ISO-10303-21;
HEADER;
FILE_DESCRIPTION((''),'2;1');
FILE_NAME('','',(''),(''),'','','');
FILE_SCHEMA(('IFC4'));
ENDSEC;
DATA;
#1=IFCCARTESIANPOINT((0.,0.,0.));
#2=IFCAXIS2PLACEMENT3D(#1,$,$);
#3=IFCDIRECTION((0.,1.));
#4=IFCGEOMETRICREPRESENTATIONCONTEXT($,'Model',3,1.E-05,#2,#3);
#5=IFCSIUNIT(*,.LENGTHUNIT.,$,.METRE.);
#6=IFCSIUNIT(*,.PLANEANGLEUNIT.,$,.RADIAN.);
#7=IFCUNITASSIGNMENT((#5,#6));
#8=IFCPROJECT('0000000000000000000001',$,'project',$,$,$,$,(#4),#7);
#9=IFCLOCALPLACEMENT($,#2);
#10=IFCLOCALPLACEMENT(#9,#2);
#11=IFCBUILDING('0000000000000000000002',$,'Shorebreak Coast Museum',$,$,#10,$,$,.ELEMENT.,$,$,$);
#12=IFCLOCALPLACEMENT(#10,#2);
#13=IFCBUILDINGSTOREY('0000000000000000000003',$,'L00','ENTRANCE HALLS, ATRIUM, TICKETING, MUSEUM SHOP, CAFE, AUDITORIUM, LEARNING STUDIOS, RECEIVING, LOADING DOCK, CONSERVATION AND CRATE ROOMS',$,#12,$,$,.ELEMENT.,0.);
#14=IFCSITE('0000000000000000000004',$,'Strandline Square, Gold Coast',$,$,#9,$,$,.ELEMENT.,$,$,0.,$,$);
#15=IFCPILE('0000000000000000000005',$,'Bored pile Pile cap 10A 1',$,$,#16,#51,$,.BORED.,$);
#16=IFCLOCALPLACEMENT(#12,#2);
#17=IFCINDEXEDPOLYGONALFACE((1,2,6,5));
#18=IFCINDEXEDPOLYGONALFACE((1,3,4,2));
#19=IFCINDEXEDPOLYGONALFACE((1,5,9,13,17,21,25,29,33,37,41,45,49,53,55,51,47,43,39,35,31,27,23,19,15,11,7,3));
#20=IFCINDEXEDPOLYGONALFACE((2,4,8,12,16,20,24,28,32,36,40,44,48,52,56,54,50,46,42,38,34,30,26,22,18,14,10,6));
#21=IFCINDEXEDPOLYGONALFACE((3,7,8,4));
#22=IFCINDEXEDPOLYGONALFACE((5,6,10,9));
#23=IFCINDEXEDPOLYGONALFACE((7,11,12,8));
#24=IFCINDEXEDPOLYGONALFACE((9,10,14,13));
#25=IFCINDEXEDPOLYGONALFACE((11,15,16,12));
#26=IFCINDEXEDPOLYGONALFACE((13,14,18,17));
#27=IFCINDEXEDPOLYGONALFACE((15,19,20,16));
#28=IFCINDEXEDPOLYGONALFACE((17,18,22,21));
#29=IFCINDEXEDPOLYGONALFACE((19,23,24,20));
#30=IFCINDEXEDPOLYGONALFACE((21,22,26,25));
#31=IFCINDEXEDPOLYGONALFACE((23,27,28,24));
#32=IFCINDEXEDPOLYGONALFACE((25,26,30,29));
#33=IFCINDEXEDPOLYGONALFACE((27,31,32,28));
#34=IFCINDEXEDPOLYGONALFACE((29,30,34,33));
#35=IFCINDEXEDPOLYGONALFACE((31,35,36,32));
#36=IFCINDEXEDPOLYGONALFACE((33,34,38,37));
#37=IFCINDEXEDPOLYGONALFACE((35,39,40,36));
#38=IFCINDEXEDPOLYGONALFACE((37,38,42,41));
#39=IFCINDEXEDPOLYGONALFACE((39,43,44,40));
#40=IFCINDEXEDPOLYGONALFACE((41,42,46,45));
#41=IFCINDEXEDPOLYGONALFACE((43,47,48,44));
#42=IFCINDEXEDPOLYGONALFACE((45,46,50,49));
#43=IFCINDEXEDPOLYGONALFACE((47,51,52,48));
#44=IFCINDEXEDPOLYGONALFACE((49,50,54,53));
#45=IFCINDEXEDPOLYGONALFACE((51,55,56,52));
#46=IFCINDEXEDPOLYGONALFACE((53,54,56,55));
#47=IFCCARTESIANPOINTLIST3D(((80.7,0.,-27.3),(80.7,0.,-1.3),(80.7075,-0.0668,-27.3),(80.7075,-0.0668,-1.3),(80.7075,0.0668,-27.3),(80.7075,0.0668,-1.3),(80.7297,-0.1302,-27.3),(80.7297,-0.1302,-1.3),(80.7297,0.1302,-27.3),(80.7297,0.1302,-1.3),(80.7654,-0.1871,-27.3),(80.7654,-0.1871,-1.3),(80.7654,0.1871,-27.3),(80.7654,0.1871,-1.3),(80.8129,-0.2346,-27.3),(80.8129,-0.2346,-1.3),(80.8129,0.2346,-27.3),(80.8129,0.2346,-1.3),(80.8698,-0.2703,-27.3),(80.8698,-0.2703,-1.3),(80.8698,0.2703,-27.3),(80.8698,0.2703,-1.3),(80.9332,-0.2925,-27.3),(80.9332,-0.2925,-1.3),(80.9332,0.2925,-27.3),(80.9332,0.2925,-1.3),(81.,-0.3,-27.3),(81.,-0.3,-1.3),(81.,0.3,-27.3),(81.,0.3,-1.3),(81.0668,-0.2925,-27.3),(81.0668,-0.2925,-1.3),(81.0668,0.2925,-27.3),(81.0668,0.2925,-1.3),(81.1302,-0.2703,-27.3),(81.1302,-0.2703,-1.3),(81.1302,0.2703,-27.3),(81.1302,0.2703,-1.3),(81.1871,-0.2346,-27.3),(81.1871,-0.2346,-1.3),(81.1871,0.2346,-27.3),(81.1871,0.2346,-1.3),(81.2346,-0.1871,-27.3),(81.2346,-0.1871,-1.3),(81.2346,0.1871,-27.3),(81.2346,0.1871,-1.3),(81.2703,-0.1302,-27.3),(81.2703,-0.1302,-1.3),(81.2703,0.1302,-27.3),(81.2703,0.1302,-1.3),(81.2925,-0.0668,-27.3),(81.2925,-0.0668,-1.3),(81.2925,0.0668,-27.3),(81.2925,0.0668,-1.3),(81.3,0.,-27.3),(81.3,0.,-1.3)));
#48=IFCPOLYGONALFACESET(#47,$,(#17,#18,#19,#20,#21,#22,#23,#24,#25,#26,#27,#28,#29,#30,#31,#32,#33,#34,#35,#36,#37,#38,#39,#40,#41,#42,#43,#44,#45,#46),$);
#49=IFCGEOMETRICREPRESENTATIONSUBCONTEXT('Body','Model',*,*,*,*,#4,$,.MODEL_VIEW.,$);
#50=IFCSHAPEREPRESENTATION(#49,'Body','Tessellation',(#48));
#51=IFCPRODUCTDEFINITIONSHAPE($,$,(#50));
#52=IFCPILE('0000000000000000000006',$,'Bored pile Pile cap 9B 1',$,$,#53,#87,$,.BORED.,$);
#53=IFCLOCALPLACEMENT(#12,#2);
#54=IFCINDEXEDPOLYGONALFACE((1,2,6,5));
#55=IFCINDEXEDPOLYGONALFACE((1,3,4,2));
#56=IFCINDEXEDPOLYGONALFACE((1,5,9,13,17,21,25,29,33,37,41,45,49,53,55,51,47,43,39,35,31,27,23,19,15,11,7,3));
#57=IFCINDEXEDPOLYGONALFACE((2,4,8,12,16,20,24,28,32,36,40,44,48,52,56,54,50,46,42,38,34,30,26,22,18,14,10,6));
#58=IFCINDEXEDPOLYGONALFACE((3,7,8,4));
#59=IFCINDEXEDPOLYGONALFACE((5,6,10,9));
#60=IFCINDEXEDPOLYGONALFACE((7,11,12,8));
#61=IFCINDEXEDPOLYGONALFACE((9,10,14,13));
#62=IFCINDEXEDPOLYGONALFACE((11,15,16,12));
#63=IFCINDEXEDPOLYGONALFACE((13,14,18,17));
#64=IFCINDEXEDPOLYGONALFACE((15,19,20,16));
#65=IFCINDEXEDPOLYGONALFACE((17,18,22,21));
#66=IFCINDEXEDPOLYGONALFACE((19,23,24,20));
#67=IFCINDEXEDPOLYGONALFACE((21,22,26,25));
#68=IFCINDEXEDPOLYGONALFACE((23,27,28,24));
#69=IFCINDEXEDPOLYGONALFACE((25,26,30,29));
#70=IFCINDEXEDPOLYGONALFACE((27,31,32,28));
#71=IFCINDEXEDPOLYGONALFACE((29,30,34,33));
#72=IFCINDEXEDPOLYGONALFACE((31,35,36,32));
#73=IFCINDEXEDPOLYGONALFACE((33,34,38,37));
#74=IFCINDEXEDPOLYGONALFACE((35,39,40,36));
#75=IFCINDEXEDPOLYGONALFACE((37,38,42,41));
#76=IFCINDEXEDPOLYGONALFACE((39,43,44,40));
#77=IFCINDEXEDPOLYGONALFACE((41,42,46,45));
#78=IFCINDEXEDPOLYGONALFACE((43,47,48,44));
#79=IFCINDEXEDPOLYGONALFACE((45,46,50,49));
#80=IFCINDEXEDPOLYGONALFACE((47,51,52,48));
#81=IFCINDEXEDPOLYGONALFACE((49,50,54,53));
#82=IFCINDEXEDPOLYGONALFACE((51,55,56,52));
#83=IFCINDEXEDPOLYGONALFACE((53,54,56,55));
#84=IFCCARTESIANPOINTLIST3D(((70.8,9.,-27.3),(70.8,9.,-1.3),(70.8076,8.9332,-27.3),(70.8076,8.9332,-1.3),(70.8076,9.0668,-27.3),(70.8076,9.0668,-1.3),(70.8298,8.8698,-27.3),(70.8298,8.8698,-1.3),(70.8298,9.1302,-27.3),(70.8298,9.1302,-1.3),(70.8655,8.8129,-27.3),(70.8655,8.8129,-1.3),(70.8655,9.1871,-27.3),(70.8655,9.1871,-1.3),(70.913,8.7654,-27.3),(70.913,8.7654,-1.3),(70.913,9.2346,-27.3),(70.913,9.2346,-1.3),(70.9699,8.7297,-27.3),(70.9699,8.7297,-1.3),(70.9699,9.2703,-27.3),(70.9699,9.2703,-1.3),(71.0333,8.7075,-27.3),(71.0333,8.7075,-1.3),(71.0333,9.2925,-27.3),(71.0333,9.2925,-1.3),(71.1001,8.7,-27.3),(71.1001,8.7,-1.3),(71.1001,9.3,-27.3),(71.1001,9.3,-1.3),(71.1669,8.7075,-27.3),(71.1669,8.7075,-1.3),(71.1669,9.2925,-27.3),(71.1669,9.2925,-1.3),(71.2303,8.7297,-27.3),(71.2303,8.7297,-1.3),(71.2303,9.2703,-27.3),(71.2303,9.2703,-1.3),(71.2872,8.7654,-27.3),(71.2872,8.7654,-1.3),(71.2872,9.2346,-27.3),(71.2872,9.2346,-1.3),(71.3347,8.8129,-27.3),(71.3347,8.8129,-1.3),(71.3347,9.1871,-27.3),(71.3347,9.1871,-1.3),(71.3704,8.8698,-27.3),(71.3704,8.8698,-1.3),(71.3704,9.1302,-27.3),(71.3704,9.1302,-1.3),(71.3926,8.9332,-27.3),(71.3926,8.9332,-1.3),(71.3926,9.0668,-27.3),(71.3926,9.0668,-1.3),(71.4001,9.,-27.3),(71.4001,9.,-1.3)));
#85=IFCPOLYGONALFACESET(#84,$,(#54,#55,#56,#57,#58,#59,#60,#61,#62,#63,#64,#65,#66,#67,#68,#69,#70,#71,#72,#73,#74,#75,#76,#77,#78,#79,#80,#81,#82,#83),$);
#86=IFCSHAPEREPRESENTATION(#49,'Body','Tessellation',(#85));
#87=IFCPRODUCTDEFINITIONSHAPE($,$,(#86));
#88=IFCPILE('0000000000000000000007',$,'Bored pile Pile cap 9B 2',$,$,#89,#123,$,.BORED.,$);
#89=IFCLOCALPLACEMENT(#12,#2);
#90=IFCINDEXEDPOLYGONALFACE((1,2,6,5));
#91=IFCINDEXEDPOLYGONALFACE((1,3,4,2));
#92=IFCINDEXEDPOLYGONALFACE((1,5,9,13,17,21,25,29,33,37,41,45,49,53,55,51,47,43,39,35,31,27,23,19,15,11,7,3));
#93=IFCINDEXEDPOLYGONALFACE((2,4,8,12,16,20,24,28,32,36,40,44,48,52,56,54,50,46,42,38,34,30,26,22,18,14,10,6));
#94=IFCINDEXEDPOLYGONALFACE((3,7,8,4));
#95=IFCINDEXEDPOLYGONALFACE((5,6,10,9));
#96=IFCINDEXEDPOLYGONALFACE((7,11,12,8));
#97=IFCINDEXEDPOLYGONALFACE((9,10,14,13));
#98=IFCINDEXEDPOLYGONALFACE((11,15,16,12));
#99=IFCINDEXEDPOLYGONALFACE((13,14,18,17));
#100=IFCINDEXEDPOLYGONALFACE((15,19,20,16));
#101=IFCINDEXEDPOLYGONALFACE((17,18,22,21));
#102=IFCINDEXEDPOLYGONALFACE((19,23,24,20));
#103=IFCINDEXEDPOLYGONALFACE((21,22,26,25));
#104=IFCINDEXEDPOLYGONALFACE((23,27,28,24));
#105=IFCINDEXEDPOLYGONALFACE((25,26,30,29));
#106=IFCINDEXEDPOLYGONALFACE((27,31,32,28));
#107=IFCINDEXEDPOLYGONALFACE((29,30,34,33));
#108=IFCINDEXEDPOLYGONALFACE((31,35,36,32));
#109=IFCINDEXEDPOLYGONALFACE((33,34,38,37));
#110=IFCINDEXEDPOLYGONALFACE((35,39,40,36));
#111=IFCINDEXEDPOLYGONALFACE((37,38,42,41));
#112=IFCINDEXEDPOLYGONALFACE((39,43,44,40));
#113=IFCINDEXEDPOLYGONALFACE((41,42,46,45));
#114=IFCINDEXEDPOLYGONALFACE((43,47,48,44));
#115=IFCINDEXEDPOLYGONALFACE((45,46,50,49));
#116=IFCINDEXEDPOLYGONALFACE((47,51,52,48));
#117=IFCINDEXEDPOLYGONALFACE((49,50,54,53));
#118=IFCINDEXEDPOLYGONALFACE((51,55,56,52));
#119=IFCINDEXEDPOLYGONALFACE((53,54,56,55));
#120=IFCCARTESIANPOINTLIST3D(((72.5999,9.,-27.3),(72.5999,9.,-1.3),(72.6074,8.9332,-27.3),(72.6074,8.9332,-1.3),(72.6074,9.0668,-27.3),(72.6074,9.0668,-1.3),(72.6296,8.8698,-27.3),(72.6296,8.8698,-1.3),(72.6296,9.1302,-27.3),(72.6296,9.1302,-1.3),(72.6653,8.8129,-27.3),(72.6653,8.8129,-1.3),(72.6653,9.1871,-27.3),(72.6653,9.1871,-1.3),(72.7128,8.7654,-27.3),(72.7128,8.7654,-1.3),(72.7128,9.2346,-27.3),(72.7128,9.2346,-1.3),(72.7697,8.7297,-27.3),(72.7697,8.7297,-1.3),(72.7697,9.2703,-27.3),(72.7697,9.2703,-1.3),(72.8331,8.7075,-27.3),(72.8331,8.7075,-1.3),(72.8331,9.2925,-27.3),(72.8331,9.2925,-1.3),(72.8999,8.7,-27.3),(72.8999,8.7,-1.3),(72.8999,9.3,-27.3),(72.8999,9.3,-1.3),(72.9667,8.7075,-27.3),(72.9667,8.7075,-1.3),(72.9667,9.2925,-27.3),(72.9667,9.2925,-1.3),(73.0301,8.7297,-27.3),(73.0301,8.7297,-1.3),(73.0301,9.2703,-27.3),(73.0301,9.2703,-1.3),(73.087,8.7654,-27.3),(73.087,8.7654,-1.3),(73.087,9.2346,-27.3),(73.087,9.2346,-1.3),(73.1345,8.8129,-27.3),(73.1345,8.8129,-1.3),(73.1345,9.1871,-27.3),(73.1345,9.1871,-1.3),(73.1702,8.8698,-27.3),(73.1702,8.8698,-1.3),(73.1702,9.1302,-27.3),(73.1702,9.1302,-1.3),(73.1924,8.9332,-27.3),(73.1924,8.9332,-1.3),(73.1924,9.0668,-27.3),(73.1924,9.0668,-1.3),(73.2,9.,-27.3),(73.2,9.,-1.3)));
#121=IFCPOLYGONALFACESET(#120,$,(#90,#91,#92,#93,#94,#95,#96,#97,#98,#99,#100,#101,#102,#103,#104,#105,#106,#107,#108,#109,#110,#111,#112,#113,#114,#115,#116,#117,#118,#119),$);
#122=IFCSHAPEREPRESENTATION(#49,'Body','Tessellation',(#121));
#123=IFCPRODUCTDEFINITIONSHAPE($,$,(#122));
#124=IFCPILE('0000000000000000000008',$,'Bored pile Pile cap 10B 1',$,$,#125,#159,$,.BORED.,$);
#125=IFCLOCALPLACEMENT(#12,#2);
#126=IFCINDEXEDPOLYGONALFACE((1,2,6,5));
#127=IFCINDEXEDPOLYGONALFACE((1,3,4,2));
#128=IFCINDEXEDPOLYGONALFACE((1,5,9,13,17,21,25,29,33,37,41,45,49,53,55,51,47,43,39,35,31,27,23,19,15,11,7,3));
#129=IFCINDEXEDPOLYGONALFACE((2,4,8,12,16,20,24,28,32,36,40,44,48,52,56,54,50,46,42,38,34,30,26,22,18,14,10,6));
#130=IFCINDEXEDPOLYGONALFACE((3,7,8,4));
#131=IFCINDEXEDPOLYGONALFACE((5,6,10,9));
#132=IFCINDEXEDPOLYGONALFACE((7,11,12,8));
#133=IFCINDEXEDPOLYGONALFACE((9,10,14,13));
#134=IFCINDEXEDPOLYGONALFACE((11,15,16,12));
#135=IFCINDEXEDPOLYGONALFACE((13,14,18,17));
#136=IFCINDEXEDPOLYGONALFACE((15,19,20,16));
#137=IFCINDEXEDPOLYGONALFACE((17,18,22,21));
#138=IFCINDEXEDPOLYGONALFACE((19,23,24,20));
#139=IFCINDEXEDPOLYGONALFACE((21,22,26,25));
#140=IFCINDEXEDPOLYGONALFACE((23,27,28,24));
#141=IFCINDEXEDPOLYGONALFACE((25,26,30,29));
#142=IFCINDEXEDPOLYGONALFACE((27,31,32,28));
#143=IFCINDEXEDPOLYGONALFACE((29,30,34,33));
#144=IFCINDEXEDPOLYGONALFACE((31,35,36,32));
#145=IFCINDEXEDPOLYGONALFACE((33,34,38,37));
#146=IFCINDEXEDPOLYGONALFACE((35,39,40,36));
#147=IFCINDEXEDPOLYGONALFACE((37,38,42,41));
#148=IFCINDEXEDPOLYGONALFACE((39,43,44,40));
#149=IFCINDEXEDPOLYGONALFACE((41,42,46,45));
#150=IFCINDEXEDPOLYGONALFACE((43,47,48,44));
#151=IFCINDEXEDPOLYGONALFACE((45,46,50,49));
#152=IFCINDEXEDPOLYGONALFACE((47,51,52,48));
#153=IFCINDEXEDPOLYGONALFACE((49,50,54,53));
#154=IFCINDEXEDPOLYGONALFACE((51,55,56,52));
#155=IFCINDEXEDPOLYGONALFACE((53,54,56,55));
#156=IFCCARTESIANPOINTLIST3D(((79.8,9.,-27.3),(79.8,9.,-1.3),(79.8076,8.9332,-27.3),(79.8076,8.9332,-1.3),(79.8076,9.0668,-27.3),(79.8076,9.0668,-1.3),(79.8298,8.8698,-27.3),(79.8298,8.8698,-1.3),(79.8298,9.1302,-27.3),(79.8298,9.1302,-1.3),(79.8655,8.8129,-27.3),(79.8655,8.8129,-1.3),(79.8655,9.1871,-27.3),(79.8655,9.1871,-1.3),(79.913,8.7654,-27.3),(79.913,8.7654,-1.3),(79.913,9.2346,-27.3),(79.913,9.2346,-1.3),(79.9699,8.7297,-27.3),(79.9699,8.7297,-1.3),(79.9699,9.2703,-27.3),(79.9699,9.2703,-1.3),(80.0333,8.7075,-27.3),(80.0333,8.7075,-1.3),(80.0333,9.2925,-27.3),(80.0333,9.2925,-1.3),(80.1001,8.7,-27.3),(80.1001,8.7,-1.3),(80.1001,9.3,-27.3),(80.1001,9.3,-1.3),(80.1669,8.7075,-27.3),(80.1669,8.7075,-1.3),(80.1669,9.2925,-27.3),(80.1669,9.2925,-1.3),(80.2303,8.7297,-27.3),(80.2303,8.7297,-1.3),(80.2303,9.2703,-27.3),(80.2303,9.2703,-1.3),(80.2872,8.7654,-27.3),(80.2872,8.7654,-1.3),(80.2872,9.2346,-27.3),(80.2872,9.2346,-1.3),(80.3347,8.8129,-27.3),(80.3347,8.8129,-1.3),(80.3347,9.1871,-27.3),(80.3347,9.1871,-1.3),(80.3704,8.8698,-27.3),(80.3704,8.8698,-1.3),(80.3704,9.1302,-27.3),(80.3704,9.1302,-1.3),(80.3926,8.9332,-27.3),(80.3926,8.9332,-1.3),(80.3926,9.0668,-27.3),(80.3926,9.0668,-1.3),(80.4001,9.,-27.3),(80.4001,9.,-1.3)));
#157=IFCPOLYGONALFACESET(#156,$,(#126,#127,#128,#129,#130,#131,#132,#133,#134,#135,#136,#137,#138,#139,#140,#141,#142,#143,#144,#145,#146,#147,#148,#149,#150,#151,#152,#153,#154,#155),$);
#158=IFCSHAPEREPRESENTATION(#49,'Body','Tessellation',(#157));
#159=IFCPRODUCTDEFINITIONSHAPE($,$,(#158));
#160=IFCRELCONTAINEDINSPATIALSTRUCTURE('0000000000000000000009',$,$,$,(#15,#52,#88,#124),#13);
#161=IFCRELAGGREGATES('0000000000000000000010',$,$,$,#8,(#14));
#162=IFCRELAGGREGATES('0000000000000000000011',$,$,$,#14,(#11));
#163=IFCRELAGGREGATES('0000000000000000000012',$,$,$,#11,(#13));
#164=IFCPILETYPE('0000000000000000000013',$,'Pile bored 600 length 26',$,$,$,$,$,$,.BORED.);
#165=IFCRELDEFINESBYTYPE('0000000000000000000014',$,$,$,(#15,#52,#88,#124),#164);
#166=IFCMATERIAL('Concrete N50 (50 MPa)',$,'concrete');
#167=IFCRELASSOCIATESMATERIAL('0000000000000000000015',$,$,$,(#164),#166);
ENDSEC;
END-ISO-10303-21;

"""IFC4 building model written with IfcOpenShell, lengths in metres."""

from ifc_helpers import new_model, si_unit, direction, frame, origin, origin_2d, place, context, subcontext, project, spatial, circle, extrude, material, material_profile, profile_set, type_object, element, save


model = new_model("IFC4")

# Units and contexts
model_context = context("Model", 3, precision=1e-05, world=origin(), true_north=direction((0.0, 1.0)))
body_context = subcontext(model_context, "Body", "Model", "MODEL_VIEW")
ifc_project = project(units=[si_unit("LENGTHUNIT", "METRE"), si_unit("PLANEANGLEUNIT", "RADIAN")], contexts=[model_context])

# Site, building, storey
site_placement = place(None, origin())
site = spatial("IfcSite", under=ifc_project, at=site_placement, Name="Strandline Square, Gold Coast", CompositionType="ELEMENT", RefElevation=0.0)
building_placement = place(site_placement, origin())
building = spatial("IfcBuilding", under=site, at=building_placement, Name="Shorebreak Coast Museum", CompositionType="ELEMENT")
storey_placement = place(building_placement, origin())
storey = spatial("IfcBuildingStorey", under=building, at=storey_placement, Name="L00", Description="ENTRANCE HALLS, ATRIUM, TICKETING, MUSEUM SHOP, CAFE, AUDITORIUM, LEARNING STUDIOS, RECEIVING, LOADING DOCK, CONSERVATION AND CRATE ROOMS", CompositionType="ELEMENT", Elevation=0.0)

# Piles
ifc_material_1 = material(Name="Concrete N50 (50 MPa)", Category="concrete")
ifc_material_profile_1 = material_profile(ifc_material_1, circle(Radius=0.3, at=origin_2d()), Name="Pile bored 600 length 26")
ifc_profile_set_1 = profile_set([ifc_material_profile_1], Name="Concrete N50 (50 MPa)")
pile_type = type_object("IfcPileType", Name="Pile bored 600 length 26", PredefinedType="BORED", material=ifc_profile_set_1)
for number, where, z_axis, x_axis, name in (
    (1, (81.0, 0.0, -1.3), (0.0, 0.0, -1.0), (1.0, 0.0, 0.0), "Bored pile Pile cap 10A 1"),
    (2, (71.1001, 9.0, -1.3), (0.0, 0.0, -1.0), (1.0, 0.0, 0.0), "Bored pile Pile cap 9B 1"),
    (3, (72.8999, 9.0, -1.3), (0.0, 0.0, -1.0), (1.0, 0.0, 0.0), "Bored pile Pile cap 9B 2"),
    (4, (80.1001, 9.0, -1.3), (0.0, 0.0, -1.0), (1.0, 0.0, 0.0), "Bored pile Pile cap 10B 1"),
):
    element("IfcPile", number, at=place(storey_placement, frame(where, z_axis=z_axis, x_axis=x_axis)), inside=storey, type_object=pile_type, Name=name, PredefinedType="BORED", context=body_context, shape_type="SweptSolid", body=[
        extrude(circle(Radius=0.3, at=origin_2d()), origin(), (0.0, 0.0, 1.0), 26.0),
    ])

save(model, "model.ifc")
